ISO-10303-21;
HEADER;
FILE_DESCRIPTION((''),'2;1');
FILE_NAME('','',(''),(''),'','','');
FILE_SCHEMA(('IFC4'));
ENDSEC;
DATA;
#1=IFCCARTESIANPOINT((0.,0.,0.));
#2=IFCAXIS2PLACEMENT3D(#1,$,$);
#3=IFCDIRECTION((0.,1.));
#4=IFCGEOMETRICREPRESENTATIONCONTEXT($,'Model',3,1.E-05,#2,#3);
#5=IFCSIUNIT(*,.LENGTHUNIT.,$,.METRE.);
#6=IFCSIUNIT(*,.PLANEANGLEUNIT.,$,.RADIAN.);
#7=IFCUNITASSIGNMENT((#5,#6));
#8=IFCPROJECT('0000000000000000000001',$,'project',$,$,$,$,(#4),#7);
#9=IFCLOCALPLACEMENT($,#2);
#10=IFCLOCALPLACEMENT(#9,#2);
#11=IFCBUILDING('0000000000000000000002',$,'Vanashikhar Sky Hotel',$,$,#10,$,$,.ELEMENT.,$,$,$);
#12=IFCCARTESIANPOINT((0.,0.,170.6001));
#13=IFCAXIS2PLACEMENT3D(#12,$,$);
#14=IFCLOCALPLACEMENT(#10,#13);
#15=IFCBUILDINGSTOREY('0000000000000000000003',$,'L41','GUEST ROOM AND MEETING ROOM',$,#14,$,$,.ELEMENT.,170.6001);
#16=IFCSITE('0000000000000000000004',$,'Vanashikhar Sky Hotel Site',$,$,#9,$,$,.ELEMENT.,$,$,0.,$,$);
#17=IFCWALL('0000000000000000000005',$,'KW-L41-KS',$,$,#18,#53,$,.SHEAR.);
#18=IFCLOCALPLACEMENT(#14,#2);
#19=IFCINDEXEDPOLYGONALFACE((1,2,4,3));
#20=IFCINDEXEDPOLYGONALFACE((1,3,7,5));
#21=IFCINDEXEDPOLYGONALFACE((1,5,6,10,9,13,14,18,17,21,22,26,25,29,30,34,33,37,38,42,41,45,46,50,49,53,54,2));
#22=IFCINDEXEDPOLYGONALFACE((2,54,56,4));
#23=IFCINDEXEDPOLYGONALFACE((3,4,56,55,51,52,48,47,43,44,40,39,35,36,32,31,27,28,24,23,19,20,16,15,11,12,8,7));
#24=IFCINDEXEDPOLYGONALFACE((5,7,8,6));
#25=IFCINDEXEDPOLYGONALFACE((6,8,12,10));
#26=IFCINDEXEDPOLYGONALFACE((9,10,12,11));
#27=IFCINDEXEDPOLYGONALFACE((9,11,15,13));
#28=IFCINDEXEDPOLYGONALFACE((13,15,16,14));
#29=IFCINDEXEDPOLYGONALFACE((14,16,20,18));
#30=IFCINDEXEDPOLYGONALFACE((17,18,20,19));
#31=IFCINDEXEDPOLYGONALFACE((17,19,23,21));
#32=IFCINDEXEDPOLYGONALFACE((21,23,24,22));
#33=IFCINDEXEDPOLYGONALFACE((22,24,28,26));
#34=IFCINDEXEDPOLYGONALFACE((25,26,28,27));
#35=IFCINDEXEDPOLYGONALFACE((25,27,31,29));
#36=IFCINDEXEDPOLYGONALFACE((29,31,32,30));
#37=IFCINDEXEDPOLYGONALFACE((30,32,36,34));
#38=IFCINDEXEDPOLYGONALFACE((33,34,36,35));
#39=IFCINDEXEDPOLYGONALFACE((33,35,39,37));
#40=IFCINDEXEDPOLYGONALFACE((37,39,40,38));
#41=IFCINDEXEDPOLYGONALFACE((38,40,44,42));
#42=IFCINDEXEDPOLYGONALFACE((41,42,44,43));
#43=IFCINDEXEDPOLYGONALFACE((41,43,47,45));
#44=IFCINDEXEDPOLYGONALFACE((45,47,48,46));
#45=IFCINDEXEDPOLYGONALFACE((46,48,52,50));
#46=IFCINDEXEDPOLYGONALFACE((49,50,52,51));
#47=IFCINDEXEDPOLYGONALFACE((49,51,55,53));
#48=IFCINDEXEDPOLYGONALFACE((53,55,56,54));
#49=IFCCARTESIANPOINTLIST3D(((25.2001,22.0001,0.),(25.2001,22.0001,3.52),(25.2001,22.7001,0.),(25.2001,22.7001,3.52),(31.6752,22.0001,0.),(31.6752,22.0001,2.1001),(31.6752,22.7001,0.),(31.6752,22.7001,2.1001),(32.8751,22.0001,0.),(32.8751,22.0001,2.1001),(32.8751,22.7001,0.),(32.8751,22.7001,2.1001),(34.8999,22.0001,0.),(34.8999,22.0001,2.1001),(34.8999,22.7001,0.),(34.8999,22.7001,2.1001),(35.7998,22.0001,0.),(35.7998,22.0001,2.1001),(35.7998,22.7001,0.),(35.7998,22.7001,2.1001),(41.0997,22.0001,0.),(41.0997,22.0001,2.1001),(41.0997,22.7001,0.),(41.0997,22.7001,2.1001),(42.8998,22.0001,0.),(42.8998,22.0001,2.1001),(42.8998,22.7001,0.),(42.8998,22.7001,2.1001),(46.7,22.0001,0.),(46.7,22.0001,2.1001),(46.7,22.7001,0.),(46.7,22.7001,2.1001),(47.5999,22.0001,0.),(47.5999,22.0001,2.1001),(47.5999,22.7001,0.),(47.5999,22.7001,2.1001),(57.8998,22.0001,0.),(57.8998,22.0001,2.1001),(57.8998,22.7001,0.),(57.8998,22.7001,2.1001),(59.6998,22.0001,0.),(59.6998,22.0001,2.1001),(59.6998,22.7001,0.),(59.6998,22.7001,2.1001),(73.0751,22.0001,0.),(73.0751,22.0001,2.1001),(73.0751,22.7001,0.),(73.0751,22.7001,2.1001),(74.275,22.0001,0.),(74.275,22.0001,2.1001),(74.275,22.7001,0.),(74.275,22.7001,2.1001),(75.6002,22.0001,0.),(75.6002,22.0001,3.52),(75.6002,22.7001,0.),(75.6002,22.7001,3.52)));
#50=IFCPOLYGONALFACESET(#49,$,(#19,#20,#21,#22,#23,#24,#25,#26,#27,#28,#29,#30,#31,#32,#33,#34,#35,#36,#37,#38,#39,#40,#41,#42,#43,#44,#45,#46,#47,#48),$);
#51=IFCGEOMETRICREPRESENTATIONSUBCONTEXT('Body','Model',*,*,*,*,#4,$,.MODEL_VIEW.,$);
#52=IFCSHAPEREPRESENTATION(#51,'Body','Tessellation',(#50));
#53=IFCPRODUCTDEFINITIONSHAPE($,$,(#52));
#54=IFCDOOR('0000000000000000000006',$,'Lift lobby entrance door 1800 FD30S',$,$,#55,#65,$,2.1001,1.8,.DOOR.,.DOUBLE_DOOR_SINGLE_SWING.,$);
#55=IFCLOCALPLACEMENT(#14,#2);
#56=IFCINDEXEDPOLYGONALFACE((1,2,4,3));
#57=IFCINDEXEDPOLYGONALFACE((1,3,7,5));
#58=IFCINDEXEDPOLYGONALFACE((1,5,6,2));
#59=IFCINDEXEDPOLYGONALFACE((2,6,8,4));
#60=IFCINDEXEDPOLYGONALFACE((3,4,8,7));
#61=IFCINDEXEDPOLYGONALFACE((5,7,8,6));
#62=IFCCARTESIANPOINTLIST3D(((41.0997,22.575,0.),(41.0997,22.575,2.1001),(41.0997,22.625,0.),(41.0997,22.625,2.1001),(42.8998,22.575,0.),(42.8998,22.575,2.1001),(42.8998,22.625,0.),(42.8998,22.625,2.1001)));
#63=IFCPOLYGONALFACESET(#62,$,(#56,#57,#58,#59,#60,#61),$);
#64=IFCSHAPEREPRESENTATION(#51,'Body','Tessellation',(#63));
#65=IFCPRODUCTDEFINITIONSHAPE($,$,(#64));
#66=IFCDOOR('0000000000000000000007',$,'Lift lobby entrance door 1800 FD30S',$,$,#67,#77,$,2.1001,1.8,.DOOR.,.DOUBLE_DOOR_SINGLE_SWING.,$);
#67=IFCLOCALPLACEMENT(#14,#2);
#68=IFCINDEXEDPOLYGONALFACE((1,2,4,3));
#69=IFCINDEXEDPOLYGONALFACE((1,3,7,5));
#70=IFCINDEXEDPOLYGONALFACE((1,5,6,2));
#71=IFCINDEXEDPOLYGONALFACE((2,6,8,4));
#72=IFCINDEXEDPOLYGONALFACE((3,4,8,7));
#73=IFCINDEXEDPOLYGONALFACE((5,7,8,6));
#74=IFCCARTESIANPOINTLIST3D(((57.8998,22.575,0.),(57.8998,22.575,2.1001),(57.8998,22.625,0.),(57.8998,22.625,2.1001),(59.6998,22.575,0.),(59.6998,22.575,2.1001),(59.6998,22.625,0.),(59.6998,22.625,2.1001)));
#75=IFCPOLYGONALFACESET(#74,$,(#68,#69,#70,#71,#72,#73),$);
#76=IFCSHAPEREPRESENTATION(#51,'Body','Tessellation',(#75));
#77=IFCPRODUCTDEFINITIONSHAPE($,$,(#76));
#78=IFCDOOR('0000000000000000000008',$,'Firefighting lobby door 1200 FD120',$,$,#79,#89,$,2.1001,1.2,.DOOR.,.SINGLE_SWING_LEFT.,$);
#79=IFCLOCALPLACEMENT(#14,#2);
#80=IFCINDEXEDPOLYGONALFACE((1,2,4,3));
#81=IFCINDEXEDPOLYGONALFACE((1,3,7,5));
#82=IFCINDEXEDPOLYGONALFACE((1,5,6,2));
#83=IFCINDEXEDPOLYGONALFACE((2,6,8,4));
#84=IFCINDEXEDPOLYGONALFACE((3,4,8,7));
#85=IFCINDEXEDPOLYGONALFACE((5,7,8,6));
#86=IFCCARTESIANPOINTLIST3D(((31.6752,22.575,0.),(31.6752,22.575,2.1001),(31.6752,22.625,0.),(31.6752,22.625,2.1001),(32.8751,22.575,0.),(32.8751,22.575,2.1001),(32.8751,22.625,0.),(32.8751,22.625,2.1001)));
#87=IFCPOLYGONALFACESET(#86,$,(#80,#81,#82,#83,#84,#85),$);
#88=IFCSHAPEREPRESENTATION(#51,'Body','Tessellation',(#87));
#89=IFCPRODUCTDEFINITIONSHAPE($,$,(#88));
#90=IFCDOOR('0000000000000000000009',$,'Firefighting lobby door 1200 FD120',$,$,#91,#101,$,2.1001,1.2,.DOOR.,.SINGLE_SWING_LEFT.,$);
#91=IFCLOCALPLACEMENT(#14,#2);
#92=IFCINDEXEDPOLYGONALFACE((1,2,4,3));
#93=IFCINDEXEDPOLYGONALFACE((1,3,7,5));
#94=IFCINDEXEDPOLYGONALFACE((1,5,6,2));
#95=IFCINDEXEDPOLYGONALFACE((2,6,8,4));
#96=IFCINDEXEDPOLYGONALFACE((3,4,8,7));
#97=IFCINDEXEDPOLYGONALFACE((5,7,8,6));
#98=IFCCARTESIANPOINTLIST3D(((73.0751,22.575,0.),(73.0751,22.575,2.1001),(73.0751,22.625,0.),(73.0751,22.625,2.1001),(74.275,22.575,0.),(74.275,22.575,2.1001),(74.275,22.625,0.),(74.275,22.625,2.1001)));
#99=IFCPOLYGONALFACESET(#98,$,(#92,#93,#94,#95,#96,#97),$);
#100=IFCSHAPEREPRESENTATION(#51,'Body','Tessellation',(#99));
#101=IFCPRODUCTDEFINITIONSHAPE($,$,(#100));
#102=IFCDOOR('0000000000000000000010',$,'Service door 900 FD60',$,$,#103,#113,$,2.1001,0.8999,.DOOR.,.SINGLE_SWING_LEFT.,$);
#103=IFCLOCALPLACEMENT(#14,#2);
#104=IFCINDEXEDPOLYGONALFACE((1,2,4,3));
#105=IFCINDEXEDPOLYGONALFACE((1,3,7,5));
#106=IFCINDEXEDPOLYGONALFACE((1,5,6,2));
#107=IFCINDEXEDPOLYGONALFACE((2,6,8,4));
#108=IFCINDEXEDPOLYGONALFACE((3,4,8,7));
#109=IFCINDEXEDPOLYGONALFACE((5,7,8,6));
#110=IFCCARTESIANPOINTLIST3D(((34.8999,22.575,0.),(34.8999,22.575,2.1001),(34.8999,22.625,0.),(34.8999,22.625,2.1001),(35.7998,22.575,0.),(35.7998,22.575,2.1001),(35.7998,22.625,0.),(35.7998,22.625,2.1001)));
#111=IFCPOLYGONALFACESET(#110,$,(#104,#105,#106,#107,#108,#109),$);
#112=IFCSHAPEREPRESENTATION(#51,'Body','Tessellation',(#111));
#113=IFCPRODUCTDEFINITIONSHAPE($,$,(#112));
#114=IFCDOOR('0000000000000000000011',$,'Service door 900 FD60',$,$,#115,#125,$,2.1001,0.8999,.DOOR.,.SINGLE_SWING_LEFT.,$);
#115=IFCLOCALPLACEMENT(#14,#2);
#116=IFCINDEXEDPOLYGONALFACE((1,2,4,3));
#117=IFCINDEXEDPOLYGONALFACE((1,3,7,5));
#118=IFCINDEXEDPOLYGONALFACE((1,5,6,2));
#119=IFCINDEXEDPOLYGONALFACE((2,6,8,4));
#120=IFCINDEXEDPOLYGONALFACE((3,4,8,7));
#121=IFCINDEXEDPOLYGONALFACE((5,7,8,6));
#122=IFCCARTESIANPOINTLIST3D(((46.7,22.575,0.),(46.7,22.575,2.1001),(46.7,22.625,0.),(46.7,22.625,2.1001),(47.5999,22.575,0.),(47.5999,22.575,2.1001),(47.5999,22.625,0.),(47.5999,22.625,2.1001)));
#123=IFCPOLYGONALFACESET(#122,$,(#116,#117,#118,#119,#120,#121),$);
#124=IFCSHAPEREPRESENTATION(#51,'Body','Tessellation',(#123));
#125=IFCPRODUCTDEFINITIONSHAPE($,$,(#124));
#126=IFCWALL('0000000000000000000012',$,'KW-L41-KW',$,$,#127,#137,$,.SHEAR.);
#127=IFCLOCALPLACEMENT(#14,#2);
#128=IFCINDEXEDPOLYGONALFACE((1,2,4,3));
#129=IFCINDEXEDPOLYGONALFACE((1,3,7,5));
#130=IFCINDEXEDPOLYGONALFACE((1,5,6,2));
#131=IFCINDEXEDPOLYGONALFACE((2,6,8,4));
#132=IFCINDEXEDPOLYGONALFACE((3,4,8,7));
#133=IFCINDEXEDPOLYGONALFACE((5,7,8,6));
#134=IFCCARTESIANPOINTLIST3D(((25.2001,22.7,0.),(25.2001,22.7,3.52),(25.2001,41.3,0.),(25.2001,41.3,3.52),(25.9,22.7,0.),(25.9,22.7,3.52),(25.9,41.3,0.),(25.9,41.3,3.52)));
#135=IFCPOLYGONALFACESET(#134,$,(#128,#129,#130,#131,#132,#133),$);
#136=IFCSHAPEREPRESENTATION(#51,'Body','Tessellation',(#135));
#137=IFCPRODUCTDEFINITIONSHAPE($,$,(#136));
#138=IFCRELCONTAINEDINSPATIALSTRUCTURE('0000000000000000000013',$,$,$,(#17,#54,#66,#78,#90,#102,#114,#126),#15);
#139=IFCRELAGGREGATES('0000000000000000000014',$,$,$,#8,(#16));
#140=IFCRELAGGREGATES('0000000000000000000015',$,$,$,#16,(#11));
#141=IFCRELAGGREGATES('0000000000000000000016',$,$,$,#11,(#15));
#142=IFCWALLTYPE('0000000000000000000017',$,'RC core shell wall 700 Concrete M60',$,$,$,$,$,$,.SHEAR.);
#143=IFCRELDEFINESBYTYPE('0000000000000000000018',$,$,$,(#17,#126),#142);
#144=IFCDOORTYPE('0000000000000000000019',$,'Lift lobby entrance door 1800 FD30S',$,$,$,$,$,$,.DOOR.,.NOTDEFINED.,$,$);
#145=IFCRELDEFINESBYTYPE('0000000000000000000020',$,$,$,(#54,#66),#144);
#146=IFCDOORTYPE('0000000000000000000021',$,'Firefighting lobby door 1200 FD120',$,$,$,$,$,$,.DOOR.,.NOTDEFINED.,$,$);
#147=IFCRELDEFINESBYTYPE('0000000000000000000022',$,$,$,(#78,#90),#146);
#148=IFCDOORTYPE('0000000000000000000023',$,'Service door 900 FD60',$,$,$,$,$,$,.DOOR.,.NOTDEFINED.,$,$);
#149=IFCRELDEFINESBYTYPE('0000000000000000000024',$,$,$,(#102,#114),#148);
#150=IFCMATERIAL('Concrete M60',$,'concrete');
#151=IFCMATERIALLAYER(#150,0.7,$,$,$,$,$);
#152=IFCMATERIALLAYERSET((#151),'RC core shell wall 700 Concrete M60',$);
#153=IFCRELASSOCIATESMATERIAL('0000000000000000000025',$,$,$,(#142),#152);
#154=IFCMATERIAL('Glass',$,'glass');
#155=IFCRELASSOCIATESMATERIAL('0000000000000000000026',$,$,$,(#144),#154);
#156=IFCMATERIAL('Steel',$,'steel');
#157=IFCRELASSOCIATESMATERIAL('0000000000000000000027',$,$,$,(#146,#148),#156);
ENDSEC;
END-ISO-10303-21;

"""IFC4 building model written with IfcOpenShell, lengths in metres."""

from ifc_helpers import new_model, si_unit, direction, frame, frame_2d, origin, place, context, subcontext, project, spatial, rectangle, extrude, source, transform, mapped, material, layer, layer_set, type_object, element, fill, save


model = new_model("IFC4")

# Units and contexts
model_context = context("Model", 3, precision=1e-05, world=origin(), true_north=direction((0.0, 1.0)))
body_context = subcontext(model_context, "Body", "Model", "MODEL_VIEW")
ifc_project = project(units=[si_unit("LENGTHUNIT", "METRE"), si_unit("PLANEANGLEUNIT", "RADIAN")], contexts=[model_context])

# Site, building, storey
site_placement = place(None, origin())
site = spatial("IfcSite", under=ifc_project, at=site_placement, Name="Vanashikhar Sky Hotel Site", CompositionType="ELEMENT", RefElevation=0.0)
building_placement = place(site_placement, origin())
building = spatial("IfcBuilding", under=site, at=building_placement, Name="Vanashikhar Sky Hotel", CompositionType="ELEMENT")
storey_placement = place(building_placement, frame((0.0, 0.0, 170.6001)))
storey = spatial("IfcBuildingStorey", under=building, at=storey_placement, Name="L41", Description="GUEST ROOM AND MEETING ROOM", CompositionType="ELEMENT", Elevation=170.6001)

# Wall, openings, doors
ifc_material_1 = material(Name="Concrete M60", Category="concrete")
ifc_layer_1 = layer(ifc_material_1, 0.7)
ifc_layer_set_1 = layer_set([ifc_layer_1], Name="RC core shell wall 700 Concrete M60")
wall_type_1 = type_object("IfcWallType", Name="RC core shell wall 700 Concrete M60", PredefinedType="SHEAR", material=ifc_layer_set_1)
shared_shape_1 = source(origin(), body_context, "Body", "SweptSolid", [
    extrude(rectangle(XDim=50.4001, YDim=0.7, at=frame_2d((25.2002, 0.0))), origin(), (0.0, 0.0, 1.0), 3.52),
])
wall_1_placement = place(storey_placement, frame((25.2, 22.3501, 0.0), z_axis=(0.0, 0.0, 1.0), x_axis=(1.0, 0.0, 0.0)))
wall_1 = element("IfcWall", 1, at=wall_1_placement, inside=storey, type_object=wall_type_1, Name="KW-L41-KS", PredefinedType="SHEAR", context=body_context, shape_type="MappedRepresentation", body=[
    mapped(shared_shape_1, transform((0.0, 0.0, 0.0), scale=1.0)),
])
shared_shape_2 = source(origin(), body_context, "Body", "SweptSolid", [
    extrude(rectangle(XDim=1.8, YDim=2.1001, at=frame_2d((0.8999, 1.05))), frame((0.0, 0.3599, 0.0), z_axis=(0.0, -1.0, 0.0), x_axis=(1.0, 0.0, 0.0)), (0.0, 0.0, 1.0), 0.72),
])
opening_1_placement = place(wall_1_placement, frame((15.8999, 0.0, 0.0)))
opening_1 = element("IfcOpeningElement", 2, at=opening_1_placement, cuts=wall_1, PredefinedType="OPENING", context=body_context, shape_type="MappedRepresentation", body=[
    mapped(shared_shape_2, transform((0.0, 0.0, 0.0), scale=1.0)),
])
shared_shape_3 = source(origin(), body_context, "Body", "SweptSolid", [
    extrude(rectangle(XDim=0.8999, YDim=2.1001, at=frame_2d((0.45, 1.05))), frame((0.0, 0.3599, 0.0), z_axis=(0.0, -1.0, 0.0), x_axis=(1.0, 0.0, 0.0)), (0.0, 0.0, 1.0), 0.72),
])
opening_2_placement = place(wall_1_placement, frame((9.7, 0.0, 0.0)))
opening_2 = element("IfcOpeningElement", 3, at=opening_2_placement, cuts=wall_1, PredefinedType="OPENING", context=body_context, shape_type="MappedRepresentation", body=[
    mapped(shared_shape_3, transform((0.0, 0.0, 0.0), scale=1.0)),
])
opening_3_placement = place(wall_1_placement, frame((21.5, 0.0, 0.0)))
opening_3 = element("IfcOpeningElement", 4, at=opening_3_placement, cuts=wall_1, PredefinedType="OPENING", context=body_context, shape_type="MappedRepresentation", body=[
    mapped(shared_shape_3, transform((0.0, 0.0, 0.0), scale=1.0)),
])
opening_4_placement = place(wall_1_placement, frame((32.7, 0.0, 0.0)))
opening_4 = element("IfcOpeningElement", 5, at=opening_4_placement, cuts=wall_1, PredefinedType="OPENING", context=body_context, shape_type="MappedRepresentation", body=[
    mapped(shared_shape_2, transform((0.0, 0.0, 0.0), scale=1.0)),
])
shared_shape_4 = source(origin(), body_context, "Body", "SweptSolid", [
    extrude(rectangle(XDim=1.2, YDim=2.1001, at=frame_2d((0.6001, 1.05))), frame((0.0, 0.3599, 0.0), z_axis=(0.0, -1.0, 0.0), x_axis=(1.0, 0.0, 0.0)), (0.0, 0.0, 1.0), 0.72),
])
opening_5_placement = place(wall_1_placement, frame((6.4751, 0.0, 0.0)))
opening_5 = element("IfcOpeningElement", 6, at=opening_5_placement, cuts=wall_1, PredefinedType="OPENING", context=body_context, shape_type="MappedRepresentation", body=[
    mapped(shared_shape_4, transform((0.0, 0.0, 0.0), scale=1.0)),
])
opening_6_placement = place(wall_1_placement, frame((47.875, 0.0, 0.0)))
opening_6 = element("IfcOpeningElement", 7, at=opening_6_placement, cuts=wall_1, PredefinedType="OPENING", context=body_context, shape_type="MappedRepresentation", body=[
    mapped(shared_shape_4, transform((0.0, 0.0, 0.0), scale=1.0)),
])
ifc_material_2 = material(Name="Glass", Category="glass")
door_type_1 = type_object("IfcDoorType", Name="Lift lobby entrance door 1800 FD30S", OperationType="NOTDEFINED", PredefinedType="DOOR", material=ifc_material_2)
shared_shape_5 = source(origin(), body_context, "Body", "SweptSolid", [
    extrude(rectangle(XDim=1.8, YDim=2.1001, at=frame_2d((0.8999, 1.05))), frame((0.0, 0.2749, 0.0), z_axis=(0.0, -1.0, 0.0), x_axis=(1.0, 0.0, 0.0)), (0.0, 0.0, 1.0), 0.05),
])
door_1_placement = place(opening_1_placement, origin())
door_1 = element("IfcDoor", 8, at=door_1_placement, inside=storey, type_object=door_type_1, Name="Lift lobby entrance door 1800 FD30S", OperationType="DOUBLE_DOOR_SINGLE_SWING", OverallHeight=2.1001, OverallWidth=1.8, PredefinedType="DOOR", context=body_context, shape_type="MappedRepresentation", body=[
    mapped(shared_shape_5, transform((0.0, 0.0, 0.0), scale=1.0)),
])
fill(opening_1, door_1)
door_2_placement = place(opening_4_placement, origin())
door_2 = element("IfcDoor", 9, at=door_2_placement, inside=storey, type_object=door_type_1, Name="Lift lobby entrance door 1800 FD30S", OperationType="DOUBLE_DOOR_SINGLE_SWING", OverallHeight=2.1001, OverallWidth=1.8, PredefinedType="DOOR", context=body_context, shape_type="MappedRepresentation", body=[
    mapped(shared_shape_5, transform((0.0, 0.0, 0.0), scale=1.0)),
])
fill(opening_4, door_2)
ifc_material_3 = material(Name="Steel", Category="steel")
door_type_2 = type_object("IfcDoorType", Name="Firefighting lobby door 1200 FD120", OperationType="NOTDEFINED", PredefinedType="DOOR", material=ifc_material_3)
shared_shape_6 = source(origin(), body_context, "Body", "SweptSolid", [
    extrude(rectangle(XDim=1.2, YDim=2.1001, at=frame_2d((0.6001, 1.05))), frame((0.0, 0.2749, 0.0), z_axis=(0.0, -1.0, 0.0), x_axis=(1.0, 0.0, 0.0)), (0.0, 0.0, 1.0), 0.05),
])
door_3_placement = place(opening_5_placement, origin())
door_3 = element("IfcDoor", 10, at=door_3_placement, inside=storey, type_object=door_type_2, Name="Firefighting lobby door 1200 FD120", OperationType="SINGLE_SWING_LEFT", OverallHeight=2.1001, OverallWidth=1.2, PredefinedType="DOOR", context=body_context, shape_type="MappedRepresentation", body=[
    mapped(shared_shape_6, transform((0.0, 0.0, 0.0), scale=1.0)),
])
fill(opening_5, door_3)
door_4_placement = place(opening_6_placement, origin())
door_4 = element("IfcDoor", 11, at=door_4_placement, inside=storey, type_object=door_type_2, Name="Firefighting lobby door 1200 FD120", OperationType="SINGLE_SWING_LEFT", OverallHeight=2.1001, OverallWidth=1.2, PredefinedType="DOOR", context=body_context, shape_type="MappedRepresentation", body=[
    mapped(shared_shape_6, transform((0.0, 0.0, 0.0), scale=1.0)),
])
fill(opening_6, door_4)
door_type_3 = type_object("IfcDoorType", Name="Service door 900 FD60", OperationType="NOTDEFINED", PredefinedType="DOOR", material=ifc_material_3)
shared_shape_7 = source(origin(), body_context, "Body", "SweptSolid", [
    extrude(rectangle(XDim=0.8999, YDim=2.1001, at=frame_2d((0.45, 1.05))), frame((0.0, 0.2749, 0.0), z_axis=(0.0, -1.0, 0.0), x_axis=(1.0, 0.0, 0.0)), (0.0, 0.0, 1.0), 0.05),
])
door_5_placement = place(opening_2_placement, origin())
door_5 = element("IfcDoor", 12, at=door_5_placement, inside=storey, type_object=door_type_3, Name="Service door 900 FD60", OperationType="SINGLE_SWING_LEFT", OverallHeight=2.1001, OverallWidth=0.8999, PredefinedType="DOOR", context=body_context, shape_type="MappedRepresentation", body=[
    mapped(shared_shape_7, transform((0.0, 0.0, 0.0), scale=1.0)),
])
fill(opening_2, door_5)
door_6_placement = place(opening_3_placement, origin())
door_6 = element("IfcDoor", 13, at=door_6_placement, inside=storey, type_object=door_type_3, Name="Service door 900 FD60", OperationType="SINGLE_SWING_LEFT", OverallHeight=2.1001, OverallWidth=0.8999, PredefinedType="DOOR", context=body_context, shape_type="MappedRepresentation", body=[
    mapped(shared_shape_7, transform((0.0, 0.0, 0.0), scale=1.0)),
])
fill(opening_3, door_6)

# Wall
shared_shape_8 = source(origin(), body_context, "Body", "SweptSolid", [
    extrude(rectangle(XDim=18.6001, YDim=0.7, at=frame_2d((9.3, 0.0))), origin(), (0.0, 0.0, 1.0), 3.52),
])
wall_2_placement = place(storey_placement, frame((25.55, 22.7, 0.0), z_axis=(0.0, 0.0, 1.0), x_axis=(0.0, 1.0, 0.0)))
element("IfcWall", 14, at=wall_2_placement, inside=storey, type_object=wall_type_1, Name="KW-L41-KW", PredefinedType="SHEAR", context=body_context, shape_type="MappedRepresentation", body=[
    mapped(shared_shape_8, transform((0.0, 0.0, 0.0), scale=1.0)),
])

save(model, "model.ifc")
